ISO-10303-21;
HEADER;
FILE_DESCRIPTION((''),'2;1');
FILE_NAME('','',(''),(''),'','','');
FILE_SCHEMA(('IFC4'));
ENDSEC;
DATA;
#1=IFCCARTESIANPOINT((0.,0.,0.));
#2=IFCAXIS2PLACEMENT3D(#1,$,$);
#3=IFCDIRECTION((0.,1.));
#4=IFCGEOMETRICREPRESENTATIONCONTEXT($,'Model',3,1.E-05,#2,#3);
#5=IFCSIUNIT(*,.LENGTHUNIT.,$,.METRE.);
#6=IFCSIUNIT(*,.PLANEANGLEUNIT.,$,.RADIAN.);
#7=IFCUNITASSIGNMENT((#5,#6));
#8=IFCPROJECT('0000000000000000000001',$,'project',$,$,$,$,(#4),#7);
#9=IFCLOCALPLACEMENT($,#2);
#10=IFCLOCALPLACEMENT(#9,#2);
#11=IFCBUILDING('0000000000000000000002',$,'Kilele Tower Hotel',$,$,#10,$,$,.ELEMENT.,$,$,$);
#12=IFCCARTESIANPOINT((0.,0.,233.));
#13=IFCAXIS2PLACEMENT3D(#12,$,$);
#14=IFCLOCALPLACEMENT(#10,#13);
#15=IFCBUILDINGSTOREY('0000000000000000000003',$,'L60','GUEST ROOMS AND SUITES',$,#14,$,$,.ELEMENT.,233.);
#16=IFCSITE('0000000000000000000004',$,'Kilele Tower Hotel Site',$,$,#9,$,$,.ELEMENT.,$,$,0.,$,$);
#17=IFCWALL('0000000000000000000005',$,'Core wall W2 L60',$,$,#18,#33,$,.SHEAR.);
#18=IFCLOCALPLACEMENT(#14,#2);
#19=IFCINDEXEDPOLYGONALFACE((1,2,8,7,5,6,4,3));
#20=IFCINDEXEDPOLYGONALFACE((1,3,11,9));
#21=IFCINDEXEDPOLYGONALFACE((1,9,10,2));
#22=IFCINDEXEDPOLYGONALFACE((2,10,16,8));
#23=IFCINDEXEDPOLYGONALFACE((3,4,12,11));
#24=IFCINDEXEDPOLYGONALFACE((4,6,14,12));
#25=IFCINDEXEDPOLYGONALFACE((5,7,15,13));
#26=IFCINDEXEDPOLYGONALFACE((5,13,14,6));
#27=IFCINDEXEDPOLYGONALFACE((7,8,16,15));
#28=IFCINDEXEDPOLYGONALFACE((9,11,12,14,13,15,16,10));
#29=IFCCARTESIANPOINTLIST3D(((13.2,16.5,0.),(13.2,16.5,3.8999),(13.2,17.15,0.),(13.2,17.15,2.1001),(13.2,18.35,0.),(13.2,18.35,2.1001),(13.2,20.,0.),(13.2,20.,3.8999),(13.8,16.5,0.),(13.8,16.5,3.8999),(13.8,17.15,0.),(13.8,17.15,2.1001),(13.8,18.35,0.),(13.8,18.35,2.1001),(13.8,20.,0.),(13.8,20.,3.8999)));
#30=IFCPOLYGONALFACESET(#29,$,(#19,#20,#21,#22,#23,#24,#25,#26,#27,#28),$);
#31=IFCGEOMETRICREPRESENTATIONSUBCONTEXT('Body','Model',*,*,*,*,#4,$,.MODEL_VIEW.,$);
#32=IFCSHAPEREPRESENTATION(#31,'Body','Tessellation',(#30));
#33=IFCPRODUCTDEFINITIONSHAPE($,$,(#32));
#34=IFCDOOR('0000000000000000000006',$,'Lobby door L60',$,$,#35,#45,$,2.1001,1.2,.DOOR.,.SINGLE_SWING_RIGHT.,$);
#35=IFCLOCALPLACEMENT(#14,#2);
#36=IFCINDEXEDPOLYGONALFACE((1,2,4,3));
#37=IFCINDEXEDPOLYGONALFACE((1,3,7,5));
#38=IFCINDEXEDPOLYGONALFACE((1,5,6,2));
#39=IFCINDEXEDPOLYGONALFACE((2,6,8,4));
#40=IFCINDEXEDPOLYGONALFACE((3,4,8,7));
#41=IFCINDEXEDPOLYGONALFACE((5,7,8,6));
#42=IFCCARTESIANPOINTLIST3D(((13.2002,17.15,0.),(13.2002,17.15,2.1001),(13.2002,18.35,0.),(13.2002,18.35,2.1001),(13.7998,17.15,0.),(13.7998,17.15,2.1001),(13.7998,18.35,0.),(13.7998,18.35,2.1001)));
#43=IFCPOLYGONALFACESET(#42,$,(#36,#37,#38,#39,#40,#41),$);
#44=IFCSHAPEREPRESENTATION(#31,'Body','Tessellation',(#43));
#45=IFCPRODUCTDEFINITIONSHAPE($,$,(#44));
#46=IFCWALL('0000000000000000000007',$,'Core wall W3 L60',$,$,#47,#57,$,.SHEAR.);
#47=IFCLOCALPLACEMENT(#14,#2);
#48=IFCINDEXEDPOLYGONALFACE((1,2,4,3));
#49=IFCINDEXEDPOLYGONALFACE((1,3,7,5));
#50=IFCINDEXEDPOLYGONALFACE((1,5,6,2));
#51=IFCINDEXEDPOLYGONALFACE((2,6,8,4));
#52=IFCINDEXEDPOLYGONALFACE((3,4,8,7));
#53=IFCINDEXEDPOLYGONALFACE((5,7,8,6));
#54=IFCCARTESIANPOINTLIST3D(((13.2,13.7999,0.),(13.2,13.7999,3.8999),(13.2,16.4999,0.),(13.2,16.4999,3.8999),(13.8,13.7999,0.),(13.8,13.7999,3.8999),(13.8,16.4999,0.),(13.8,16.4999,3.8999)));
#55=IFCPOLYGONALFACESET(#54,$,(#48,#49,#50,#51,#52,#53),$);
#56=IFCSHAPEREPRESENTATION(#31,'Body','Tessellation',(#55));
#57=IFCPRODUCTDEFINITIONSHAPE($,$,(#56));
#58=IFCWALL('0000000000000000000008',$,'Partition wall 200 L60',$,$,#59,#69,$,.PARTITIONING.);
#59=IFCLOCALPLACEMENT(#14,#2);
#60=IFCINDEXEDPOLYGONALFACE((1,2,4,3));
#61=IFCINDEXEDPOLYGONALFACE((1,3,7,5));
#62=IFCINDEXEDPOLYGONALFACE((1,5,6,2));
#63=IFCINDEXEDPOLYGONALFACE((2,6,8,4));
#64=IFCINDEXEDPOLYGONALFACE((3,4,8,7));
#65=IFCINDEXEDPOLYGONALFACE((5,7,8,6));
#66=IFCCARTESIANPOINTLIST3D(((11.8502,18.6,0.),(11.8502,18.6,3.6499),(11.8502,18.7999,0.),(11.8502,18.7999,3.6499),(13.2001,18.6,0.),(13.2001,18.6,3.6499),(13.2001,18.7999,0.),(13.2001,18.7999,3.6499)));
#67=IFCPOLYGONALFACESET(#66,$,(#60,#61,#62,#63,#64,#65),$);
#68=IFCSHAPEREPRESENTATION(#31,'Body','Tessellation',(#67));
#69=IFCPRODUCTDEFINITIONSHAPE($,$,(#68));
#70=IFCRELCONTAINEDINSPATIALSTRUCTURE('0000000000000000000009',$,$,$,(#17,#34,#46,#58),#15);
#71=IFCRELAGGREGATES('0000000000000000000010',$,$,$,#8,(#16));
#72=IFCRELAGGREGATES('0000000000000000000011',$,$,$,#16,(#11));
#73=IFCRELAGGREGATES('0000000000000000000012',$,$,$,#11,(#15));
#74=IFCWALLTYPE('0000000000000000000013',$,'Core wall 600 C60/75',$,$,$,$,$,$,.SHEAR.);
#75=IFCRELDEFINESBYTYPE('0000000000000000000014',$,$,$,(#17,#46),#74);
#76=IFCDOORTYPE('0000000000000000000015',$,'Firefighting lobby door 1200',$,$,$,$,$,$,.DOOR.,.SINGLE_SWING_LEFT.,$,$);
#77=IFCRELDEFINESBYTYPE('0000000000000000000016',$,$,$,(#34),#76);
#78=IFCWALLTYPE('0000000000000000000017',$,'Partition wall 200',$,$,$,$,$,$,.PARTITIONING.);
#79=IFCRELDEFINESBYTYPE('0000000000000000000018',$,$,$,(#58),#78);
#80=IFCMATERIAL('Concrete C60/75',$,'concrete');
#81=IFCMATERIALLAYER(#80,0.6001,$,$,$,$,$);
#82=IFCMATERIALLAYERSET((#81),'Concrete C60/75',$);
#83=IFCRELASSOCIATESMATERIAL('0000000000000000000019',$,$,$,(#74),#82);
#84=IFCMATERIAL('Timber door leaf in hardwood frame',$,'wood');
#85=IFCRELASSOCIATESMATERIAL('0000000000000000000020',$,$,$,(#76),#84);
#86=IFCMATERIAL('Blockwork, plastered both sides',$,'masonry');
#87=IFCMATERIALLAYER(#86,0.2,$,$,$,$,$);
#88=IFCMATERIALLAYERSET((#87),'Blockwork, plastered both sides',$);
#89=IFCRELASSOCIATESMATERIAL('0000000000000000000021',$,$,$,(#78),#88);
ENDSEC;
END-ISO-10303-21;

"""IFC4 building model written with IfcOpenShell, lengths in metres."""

from ifc_helpers import new_model, si_unit, direction, frame, frame_2d, origin, place, context, subcontext, project, spatial, rectangle, extrude, material, layer, layer_set, type_object, element, fill, save


model = new_model("IFC4")

# Units and contexts
model_context = context("Model", 3, precision=1e-05, world=origin(), true_north=direction((0.0, 1.0)))
body_context = subcontext(model_context, "Body", "Model", "MODEL_VIEW")
ifc_project = project(units=[si_unit("LENGTHUNIT", "METRE"), si_unit("PLANEANGLEUNIT", "RADIAN")], contexts=[model_context])

# Site, building, storey
site_placement = place(None, origin())
site = spatial("IfcSite", under=ifc_project, at=site_placement, Name="Kilele Tower Hotel Site", CompositionType="ELEMENT", RefElevation=0.0)
building_placement = place(site_placement, origin())
building = spatial("IfcBuilding", under=site, at=building_placement, Name="Kilele Tower Hotel", CompositionType="ELEMENT")
storey_placement = place(building_placement, frame((0.0, 0.0, 233.0)))
storey = spatial("IfcBuildingStorey", under=building, at=storey_placement, Name="L60", Description="GUEST ROOMS AND SUITES", CompositionType="ELEMENT", Elevation=233.0)

# Shared definitions
ifc_material_1 = material(Name="Concrete C60/75", Category="concrete")
ifc_layer_1 = layer(ifc_material_1, 0.6001)
ifc_layer_set_1 = layer_set([ifc_layer_1], Name="Concrete C60/75")
wall_type_1 = type_object("IfcWallType", Name="Core wall 600 C60/75", PredefinedType="SHEAR", material=ifc_layer_set_1)
ifc_material_2 = material(Name="Timber door leaf in hardwood frame", Category="wood")
door_type_1 = type_object("IfcDoorType", Name="Firefighting lobby door 1200", OperationType="SINGLE_SWING_LEFT", PredefinedType="DOOR", material=ifc_material_2)

# Wall, opening, door
wall_1_placement = place(storey_placement, frame((13.5, 20.0, 0.0), z_axis=(0.0, 0.0, 1.0), x_axis=(0.0, -1.0, 0.0)))
wall_1 = element("IfcWall", 1, at=wall_1_placement, inside=storey, type_object=wall_type_1, Name="Core wall W2 L60", PredefinedType="SHEAR", context=body_context, shape_type="SweptSolid", body=[
    extrude(rectangle(XDim=3.5, YDim=0.6001, at=frame_2d((1.75, 0.0))), origin(), (0.0, 0.0, 1.0), 3.8999),
])
opening_1_placement = place(wall_1_placement, frame((1.6499, 0.0, 0.0)))
opening_1 = element("IfcOpeningElement", 2, at=opening_1_placement, cuts=wall_1, PredefinedType="OPENING", context=body_context, shape_type="SweptSolid", body=[
    extrude(rectangle(XDim=1.2, YDim=2.1001, at=frame_2d((0.6001, 1.05))), frame((0.0, 0.3101, 0.0), z_axis=(0.0, -1.0, 0.0), x_axis=(1.0, 0.0, 0.0)), (0.0, 0.0, 1.0), 0.6201),
])
door_1_placement = place(opening_1_placement, origin())
door_1 = element("IfcDoor", 3, at=door_1_placement, inside=storey, type_object=door_type_1, Name="Lobby door L60", OperationType="SINGLE_SWING_RIGHT", OverallHeight=2.1001, OverallWidth=1.2, PredefinedType="DOOR", context=body_context, shape_type="SweptSolid", body=[
    extrude(rectangle(XDim=1.2, YDim=2.1001, at=frame_2d((0.6001, 1.05))), frame((0.0, 0.2998, 0.0), z_axis=(0.0, -1.0, 0.0), x_axis=(1.0, 0.0, 0.0)), (0.0, 0.0, 1.0), 0.5996),
])
fill(opening_1, door_1)

# Walls
wall_2_placement = place(storey_placement, frame((13.5, 16.5, 0.0), z_axis=(0.0, 0.0, 1.0), x_axis=(0.0, -1.0, 0.0)))
element("IfcWall", 4, at=wall_2_placement, inside=storey, type_object=wall_type_1, Name="Core wall W3 L60", PredefinedType="SHEAR", context=body_context, shape_type="SweptSolid", body=[
    extrude(rectangle(XDim=2.7, YDim=0.6001, at=frame_2d((1.3501, 0.0))), origin(), (0.0, 0.0, 1.0), 3.8999),
])
ifc_material_3 = material(Name="Blockwork, plastered both sides", Category="masonry")
ifc_layer_2 = layer(ifc_material_3, 0.2)
ifc_layer_set_2 = layer_set([ifc_layer_2], Name="Blockwork, plastered both sides")
wall_type_2 = type_object("IfcWallType", Name="Partition wall 200", PredefinedType="PARTITIONING", material=ifc_layer_set_2)
wall_3_placement = place(storey_placement, frame((13.2, 18.7, 0.0), z_axis=(0.0, 0.0, 1.0), x_axis=(-1.0, 0.0, 0.0)))
element("IfcWall", 5, at=wall_3_placement, inside=storey, type_object=wall_type_2, Name="Partition wall 200 L60", PredefinedType="PARTITIONING", context=body_context, shape_type="SweptSolid", body=[
    extrude(rectangle(XDim=1.3499, YDim=0.2, at=frame_2d((0.6748, 0.0))), origin(), (0.0, 0.0, 1.0), 3.6499),
])

save(model, "model.ifc")
